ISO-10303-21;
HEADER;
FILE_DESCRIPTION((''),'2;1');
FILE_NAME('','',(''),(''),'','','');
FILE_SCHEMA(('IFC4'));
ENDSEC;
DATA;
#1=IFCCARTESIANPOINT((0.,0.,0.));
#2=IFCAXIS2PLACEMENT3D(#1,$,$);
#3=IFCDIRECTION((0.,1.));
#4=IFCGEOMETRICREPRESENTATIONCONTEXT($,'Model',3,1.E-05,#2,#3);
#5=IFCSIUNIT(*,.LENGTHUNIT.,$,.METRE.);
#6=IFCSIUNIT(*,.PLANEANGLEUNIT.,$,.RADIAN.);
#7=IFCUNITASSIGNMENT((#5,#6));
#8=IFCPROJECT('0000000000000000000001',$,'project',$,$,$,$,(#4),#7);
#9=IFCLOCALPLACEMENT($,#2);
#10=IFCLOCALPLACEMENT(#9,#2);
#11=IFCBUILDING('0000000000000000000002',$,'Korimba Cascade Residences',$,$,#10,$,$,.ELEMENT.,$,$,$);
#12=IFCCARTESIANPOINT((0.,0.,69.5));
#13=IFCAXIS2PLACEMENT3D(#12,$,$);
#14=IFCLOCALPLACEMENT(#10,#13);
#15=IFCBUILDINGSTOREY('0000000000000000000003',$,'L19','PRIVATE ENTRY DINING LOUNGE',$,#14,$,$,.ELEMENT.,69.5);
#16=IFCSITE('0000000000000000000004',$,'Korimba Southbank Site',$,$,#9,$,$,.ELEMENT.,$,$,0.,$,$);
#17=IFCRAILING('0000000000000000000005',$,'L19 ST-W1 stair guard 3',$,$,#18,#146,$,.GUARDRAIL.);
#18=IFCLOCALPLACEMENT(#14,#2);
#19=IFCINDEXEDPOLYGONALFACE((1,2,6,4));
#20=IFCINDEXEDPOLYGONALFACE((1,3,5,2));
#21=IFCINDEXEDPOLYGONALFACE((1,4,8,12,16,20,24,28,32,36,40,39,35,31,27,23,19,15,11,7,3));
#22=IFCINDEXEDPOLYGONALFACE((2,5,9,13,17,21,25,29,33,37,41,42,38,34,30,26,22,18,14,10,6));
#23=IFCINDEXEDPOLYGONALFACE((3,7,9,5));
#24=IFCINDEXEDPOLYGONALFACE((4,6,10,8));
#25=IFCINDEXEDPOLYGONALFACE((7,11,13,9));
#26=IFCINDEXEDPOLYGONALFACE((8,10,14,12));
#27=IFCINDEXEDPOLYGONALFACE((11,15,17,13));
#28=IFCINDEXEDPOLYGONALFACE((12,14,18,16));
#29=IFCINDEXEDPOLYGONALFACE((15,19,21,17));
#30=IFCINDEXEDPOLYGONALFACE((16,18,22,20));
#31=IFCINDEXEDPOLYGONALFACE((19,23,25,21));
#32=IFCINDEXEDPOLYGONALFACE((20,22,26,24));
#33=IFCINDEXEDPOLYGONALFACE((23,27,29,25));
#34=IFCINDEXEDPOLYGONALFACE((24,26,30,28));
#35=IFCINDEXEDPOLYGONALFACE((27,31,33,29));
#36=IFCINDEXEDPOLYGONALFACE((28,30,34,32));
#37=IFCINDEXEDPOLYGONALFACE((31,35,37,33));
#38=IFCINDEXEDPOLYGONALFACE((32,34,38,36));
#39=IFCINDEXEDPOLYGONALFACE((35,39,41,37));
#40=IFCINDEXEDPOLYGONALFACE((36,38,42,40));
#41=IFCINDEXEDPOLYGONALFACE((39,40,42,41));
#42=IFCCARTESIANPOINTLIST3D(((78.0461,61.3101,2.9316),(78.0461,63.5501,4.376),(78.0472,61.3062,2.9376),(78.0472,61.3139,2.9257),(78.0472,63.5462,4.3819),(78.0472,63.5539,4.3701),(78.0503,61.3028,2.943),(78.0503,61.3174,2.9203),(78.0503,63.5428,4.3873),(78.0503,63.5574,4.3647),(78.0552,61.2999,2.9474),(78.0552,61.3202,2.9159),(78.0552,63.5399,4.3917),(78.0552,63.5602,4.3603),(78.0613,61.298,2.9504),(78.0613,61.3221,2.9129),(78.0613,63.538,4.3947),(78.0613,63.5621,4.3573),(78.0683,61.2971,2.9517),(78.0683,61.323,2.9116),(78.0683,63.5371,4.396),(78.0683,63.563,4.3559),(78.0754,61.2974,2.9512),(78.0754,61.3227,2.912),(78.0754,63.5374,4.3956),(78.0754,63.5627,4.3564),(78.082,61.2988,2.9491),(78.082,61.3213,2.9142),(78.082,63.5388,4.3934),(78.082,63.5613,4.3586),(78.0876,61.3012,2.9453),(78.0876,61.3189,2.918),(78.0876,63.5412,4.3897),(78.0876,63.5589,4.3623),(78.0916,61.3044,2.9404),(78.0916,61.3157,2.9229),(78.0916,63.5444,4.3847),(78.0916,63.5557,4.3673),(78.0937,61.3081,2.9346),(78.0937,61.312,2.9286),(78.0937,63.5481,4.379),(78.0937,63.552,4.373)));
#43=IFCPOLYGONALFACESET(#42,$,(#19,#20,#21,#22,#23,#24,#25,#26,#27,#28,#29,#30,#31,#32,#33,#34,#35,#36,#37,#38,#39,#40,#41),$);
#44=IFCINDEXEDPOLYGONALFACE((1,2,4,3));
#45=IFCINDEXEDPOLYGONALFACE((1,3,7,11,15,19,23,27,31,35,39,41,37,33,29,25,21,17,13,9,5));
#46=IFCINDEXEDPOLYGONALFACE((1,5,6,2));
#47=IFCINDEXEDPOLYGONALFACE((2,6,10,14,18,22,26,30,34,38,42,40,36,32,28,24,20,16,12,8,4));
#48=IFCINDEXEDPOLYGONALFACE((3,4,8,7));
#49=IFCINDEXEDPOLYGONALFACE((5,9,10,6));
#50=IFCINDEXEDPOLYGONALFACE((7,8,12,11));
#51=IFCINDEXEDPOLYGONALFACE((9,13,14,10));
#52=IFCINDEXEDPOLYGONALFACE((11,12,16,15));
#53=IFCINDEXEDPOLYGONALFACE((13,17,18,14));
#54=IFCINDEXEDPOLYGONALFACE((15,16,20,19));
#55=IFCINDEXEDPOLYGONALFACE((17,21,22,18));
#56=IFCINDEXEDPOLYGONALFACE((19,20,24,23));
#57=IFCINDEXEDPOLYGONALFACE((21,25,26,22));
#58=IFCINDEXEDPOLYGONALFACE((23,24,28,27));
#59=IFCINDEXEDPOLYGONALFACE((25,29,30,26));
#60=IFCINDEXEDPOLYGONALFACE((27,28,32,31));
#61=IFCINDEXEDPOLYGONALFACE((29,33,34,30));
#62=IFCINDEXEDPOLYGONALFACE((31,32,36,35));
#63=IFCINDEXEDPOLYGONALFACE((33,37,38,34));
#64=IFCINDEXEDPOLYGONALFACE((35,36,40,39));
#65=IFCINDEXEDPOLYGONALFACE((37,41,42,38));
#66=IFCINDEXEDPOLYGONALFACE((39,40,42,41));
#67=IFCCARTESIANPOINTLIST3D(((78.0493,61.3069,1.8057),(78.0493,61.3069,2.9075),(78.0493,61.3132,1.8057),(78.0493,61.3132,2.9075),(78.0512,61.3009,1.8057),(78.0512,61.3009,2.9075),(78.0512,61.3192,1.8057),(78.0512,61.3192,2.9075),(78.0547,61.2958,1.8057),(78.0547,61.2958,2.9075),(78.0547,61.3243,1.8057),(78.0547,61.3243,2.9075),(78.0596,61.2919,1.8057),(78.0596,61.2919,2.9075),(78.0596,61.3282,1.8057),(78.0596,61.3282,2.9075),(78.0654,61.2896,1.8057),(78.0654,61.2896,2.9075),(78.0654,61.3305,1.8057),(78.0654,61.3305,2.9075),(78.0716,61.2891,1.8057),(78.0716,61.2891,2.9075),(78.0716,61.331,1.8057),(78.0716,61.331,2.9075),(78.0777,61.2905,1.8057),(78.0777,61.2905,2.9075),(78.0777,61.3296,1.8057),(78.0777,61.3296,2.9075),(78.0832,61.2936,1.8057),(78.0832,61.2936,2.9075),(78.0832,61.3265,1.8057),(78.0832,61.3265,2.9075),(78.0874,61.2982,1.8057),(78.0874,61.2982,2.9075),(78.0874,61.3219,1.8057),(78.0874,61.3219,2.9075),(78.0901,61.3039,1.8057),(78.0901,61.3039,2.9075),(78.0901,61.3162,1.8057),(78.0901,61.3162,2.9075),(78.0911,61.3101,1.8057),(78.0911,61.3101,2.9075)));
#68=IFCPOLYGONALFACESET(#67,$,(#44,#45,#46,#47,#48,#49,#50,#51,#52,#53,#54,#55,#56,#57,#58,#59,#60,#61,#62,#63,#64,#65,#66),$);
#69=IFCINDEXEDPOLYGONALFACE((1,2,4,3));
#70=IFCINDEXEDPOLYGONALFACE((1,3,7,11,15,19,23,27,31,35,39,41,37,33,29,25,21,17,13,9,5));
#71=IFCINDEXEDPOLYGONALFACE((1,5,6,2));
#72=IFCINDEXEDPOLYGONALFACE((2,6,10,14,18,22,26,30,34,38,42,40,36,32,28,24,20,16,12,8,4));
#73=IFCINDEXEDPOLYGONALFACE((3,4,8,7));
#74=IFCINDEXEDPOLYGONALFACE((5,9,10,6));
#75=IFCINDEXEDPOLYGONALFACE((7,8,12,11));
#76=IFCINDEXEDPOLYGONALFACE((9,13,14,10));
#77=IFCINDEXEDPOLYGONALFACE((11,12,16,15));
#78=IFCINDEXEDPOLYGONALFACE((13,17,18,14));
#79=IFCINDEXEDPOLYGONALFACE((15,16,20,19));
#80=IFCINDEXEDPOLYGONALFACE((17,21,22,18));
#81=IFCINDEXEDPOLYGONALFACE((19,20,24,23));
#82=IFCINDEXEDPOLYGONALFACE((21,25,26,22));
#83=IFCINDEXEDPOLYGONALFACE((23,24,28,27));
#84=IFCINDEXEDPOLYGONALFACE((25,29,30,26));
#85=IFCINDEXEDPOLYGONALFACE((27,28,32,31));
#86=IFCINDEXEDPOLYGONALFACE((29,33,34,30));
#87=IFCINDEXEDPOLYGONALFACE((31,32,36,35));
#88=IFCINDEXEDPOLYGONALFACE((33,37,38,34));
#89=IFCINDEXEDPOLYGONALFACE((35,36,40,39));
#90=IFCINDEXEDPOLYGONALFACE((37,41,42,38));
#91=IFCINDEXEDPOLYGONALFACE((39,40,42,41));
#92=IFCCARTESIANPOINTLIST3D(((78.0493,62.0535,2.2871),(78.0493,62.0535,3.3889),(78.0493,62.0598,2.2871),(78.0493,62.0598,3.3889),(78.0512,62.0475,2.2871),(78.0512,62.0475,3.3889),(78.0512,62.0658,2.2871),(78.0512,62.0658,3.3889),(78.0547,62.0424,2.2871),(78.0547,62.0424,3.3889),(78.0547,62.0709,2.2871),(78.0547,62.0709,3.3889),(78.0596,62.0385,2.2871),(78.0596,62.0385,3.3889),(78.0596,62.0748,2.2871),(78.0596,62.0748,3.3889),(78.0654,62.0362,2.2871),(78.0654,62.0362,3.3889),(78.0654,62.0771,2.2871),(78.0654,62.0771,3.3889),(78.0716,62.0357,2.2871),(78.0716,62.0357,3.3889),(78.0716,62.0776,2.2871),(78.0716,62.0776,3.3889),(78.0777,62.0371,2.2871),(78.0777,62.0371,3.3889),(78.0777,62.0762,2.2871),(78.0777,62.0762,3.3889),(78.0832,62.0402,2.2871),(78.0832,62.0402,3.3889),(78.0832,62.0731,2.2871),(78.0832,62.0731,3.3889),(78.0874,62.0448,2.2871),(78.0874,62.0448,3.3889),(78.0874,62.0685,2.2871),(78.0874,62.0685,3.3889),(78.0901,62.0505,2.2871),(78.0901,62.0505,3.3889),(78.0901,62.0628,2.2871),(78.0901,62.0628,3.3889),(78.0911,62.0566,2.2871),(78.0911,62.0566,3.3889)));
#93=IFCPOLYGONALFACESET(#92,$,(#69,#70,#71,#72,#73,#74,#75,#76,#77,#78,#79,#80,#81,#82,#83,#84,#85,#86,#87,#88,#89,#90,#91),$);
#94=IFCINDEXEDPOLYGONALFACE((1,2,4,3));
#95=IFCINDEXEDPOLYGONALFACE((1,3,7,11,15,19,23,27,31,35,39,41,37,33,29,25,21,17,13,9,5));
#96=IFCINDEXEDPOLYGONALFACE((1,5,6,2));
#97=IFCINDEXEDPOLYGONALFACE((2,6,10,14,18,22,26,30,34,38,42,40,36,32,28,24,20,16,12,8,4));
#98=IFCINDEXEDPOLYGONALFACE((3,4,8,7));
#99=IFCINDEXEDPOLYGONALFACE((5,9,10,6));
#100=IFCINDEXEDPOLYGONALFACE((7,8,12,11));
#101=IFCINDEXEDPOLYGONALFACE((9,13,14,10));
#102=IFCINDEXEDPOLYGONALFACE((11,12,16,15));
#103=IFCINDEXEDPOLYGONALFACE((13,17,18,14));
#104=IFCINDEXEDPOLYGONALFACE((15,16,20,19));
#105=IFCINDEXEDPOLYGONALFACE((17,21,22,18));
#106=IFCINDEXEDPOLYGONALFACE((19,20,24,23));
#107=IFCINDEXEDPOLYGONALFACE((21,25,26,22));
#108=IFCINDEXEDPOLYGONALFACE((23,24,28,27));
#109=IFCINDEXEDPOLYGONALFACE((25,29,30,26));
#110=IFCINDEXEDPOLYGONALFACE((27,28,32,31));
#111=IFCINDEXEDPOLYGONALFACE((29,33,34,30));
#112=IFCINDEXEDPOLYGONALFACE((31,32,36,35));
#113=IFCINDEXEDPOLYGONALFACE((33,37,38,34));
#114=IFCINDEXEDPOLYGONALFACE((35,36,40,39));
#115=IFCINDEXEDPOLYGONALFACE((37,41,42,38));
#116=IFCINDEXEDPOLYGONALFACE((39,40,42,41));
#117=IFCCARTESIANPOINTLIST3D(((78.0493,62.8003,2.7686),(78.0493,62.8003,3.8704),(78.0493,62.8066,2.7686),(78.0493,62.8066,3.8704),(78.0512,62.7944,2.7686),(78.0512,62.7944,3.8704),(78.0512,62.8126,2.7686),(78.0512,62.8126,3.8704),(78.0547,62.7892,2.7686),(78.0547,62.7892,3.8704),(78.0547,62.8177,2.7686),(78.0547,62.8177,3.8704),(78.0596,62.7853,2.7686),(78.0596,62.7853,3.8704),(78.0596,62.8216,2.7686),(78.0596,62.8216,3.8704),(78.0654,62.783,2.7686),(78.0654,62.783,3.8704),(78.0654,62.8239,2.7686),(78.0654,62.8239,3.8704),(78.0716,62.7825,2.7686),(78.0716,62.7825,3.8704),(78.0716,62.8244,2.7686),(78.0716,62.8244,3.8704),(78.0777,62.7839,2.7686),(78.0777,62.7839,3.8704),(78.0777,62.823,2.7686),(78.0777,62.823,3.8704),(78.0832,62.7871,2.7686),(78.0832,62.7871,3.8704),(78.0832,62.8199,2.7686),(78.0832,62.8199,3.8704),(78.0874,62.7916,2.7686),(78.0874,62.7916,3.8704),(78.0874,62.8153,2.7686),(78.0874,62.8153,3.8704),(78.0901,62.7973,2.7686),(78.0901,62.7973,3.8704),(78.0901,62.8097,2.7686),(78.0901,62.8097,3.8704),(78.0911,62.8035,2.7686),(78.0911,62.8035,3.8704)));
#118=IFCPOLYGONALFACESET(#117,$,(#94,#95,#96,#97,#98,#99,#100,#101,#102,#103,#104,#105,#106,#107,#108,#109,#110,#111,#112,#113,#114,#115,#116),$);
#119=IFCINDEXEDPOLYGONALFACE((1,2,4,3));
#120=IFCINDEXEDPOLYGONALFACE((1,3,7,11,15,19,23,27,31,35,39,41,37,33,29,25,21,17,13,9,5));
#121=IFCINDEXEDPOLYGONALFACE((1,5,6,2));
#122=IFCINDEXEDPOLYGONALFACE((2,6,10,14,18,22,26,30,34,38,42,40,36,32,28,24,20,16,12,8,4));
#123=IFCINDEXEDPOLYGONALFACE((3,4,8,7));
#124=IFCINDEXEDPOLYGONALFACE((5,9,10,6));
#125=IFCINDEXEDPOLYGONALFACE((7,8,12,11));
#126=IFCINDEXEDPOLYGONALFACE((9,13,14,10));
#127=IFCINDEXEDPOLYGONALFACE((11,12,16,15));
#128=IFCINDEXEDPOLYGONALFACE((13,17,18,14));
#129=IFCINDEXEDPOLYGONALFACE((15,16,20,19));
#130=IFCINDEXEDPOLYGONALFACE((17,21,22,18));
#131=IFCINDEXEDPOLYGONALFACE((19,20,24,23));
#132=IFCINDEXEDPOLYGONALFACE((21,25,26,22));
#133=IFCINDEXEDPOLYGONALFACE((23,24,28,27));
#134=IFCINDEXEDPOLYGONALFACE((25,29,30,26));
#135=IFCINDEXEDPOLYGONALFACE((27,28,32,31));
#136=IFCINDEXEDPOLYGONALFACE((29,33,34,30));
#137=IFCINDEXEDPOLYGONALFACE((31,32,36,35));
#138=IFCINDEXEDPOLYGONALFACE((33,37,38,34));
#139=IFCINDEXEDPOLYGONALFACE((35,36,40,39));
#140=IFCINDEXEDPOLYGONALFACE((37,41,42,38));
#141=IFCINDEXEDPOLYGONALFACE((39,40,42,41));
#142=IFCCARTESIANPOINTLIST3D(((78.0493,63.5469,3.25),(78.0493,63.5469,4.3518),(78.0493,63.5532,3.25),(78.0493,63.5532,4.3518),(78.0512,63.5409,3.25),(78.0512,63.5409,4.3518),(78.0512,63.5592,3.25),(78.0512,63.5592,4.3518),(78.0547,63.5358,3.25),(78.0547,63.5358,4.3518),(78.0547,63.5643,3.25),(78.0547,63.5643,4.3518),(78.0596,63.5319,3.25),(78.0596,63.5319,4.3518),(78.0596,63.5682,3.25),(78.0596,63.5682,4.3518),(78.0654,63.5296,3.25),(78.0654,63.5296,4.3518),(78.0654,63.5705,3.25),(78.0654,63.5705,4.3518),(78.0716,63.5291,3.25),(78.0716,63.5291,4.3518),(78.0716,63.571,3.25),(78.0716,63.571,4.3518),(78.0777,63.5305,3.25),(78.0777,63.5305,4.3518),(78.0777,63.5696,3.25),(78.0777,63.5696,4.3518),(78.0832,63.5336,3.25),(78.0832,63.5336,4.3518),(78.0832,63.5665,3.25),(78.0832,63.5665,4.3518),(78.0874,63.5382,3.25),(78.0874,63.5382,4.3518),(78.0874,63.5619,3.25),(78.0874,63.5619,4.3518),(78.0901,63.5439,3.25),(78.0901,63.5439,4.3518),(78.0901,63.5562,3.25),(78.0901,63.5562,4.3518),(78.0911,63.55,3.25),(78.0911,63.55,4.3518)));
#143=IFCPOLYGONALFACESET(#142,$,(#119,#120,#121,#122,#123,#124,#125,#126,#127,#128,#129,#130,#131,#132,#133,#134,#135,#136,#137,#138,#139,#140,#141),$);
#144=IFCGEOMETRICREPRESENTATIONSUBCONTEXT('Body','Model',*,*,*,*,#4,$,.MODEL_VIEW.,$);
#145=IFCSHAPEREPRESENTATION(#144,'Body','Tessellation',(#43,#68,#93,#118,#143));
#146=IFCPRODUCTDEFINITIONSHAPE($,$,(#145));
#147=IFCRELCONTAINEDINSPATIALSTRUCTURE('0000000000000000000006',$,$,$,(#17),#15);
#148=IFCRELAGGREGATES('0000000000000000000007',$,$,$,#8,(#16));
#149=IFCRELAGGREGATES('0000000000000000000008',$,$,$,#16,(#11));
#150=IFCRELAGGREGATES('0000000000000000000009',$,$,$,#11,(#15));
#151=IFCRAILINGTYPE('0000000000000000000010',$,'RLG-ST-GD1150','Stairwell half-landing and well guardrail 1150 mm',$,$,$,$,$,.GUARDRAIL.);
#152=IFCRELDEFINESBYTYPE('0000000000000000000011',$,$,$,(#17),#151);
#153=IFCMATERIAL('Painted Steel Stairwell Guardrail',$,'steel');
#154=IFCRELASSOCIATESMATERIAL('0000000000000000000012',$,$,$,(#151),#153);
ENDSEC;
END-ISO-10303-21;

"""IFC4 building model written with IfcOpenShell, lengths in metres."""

from ifc_helpers import new_model, si_unit, direction, frame, origin, origin_2d, place, context, subcontext, project, spatial, circle, extrude, material, type_object, element, save


model = new_model("IFC4")

# Units and contexts
model_context = context("Model", 3, precision=1e-05, world=origin(), true_north=direction((0.0, 1.0)))
body_context = subcontext(model_context, "Body", "Model", "MODEL_VIEW")
ifc_project = project(units=[si_unit("LENGTHUNIT", "METRE"), si_unit("PLANEANGLEUNIT", "RADIAN")], contexts=[model_context])

# Site, building, storey
site_placement = place(None, origin())
site = spatial("IfcSite", under=ifc_project, at=site_placement, Name="Korimba Southbank Site", CompositionType="ELEMENT", RefElevation=0.0)
building_placement = place(site_placement, origin())
building = spatial("IfcBuilding", under=site, at=building_placement, Name="Korimba Cascade Residences", CompositionType="ELEMENT")
storey_placement = place(building_placement, frame((0.0, 0.0, 69.5)))
storey = spatial("IfcBuildingStorey", under=building, at=storey_placement, Name="L19", Description="PRIVATE ENTRY DINING LOUNGE", CompositionType="ELEMENT", Elevation=69.5)

# Railing
ifc_material_1 = material(Name="Painted Steel Stairwell Guardrail", Category="steel")
railing_type_1 = type_object("IfcRailingType", Name="RLG-ST-GD1150", Description="Stairwell half-landing and well guardrail 1150 mm", PredefinedType="GUARDRAIL", material=ifc_material_1)
railing_1_placement = place(storey_placement, frame((78.0701, 61.3101, 1.8057)))
element("IfcRailing", 1, at=railing_1_placement, inside=storey, type_object=railing_type_1, Name="L19 ST-W1 stair guard 3", PredefinedType="GUARDRAIL", context=body_context, shape_type="SweptSolid", body=[
    extrude(circle(Radius=0.0239, at=origin_2d()), frame((0.0, 0.0, 1.126), z_axis=(0.0, 0.840437, 0.54191), x_axis=(-1.0, 0.0, 0.0)), (0.0, 0.0, 1.0), 2.6653),
    extrude(circle(Radius=0.021, at=origin_2d()), origin(), (0.0, 0.0, 1.0), 1.1018),
    extrude(circle(Radius=0.021, at=origin_2d()), frame((0.0, 0.7466, 0.4814)), (0.0, 0.0, 1.0), 1.1018),
    extrude(circle(Radius=0.021, at=origin_2d()), frame((0.0, 1.4934, 0.9629)), (0.0, 0.0, 1.0), 1.1018),
    extrude(circle(Radius=0.021, at=origin_2d()), frame((0.0, 2.24, 1.4443)), (0.0, 0.0, 1.0), 1.1018),
])

save(model, "model.ifc")
